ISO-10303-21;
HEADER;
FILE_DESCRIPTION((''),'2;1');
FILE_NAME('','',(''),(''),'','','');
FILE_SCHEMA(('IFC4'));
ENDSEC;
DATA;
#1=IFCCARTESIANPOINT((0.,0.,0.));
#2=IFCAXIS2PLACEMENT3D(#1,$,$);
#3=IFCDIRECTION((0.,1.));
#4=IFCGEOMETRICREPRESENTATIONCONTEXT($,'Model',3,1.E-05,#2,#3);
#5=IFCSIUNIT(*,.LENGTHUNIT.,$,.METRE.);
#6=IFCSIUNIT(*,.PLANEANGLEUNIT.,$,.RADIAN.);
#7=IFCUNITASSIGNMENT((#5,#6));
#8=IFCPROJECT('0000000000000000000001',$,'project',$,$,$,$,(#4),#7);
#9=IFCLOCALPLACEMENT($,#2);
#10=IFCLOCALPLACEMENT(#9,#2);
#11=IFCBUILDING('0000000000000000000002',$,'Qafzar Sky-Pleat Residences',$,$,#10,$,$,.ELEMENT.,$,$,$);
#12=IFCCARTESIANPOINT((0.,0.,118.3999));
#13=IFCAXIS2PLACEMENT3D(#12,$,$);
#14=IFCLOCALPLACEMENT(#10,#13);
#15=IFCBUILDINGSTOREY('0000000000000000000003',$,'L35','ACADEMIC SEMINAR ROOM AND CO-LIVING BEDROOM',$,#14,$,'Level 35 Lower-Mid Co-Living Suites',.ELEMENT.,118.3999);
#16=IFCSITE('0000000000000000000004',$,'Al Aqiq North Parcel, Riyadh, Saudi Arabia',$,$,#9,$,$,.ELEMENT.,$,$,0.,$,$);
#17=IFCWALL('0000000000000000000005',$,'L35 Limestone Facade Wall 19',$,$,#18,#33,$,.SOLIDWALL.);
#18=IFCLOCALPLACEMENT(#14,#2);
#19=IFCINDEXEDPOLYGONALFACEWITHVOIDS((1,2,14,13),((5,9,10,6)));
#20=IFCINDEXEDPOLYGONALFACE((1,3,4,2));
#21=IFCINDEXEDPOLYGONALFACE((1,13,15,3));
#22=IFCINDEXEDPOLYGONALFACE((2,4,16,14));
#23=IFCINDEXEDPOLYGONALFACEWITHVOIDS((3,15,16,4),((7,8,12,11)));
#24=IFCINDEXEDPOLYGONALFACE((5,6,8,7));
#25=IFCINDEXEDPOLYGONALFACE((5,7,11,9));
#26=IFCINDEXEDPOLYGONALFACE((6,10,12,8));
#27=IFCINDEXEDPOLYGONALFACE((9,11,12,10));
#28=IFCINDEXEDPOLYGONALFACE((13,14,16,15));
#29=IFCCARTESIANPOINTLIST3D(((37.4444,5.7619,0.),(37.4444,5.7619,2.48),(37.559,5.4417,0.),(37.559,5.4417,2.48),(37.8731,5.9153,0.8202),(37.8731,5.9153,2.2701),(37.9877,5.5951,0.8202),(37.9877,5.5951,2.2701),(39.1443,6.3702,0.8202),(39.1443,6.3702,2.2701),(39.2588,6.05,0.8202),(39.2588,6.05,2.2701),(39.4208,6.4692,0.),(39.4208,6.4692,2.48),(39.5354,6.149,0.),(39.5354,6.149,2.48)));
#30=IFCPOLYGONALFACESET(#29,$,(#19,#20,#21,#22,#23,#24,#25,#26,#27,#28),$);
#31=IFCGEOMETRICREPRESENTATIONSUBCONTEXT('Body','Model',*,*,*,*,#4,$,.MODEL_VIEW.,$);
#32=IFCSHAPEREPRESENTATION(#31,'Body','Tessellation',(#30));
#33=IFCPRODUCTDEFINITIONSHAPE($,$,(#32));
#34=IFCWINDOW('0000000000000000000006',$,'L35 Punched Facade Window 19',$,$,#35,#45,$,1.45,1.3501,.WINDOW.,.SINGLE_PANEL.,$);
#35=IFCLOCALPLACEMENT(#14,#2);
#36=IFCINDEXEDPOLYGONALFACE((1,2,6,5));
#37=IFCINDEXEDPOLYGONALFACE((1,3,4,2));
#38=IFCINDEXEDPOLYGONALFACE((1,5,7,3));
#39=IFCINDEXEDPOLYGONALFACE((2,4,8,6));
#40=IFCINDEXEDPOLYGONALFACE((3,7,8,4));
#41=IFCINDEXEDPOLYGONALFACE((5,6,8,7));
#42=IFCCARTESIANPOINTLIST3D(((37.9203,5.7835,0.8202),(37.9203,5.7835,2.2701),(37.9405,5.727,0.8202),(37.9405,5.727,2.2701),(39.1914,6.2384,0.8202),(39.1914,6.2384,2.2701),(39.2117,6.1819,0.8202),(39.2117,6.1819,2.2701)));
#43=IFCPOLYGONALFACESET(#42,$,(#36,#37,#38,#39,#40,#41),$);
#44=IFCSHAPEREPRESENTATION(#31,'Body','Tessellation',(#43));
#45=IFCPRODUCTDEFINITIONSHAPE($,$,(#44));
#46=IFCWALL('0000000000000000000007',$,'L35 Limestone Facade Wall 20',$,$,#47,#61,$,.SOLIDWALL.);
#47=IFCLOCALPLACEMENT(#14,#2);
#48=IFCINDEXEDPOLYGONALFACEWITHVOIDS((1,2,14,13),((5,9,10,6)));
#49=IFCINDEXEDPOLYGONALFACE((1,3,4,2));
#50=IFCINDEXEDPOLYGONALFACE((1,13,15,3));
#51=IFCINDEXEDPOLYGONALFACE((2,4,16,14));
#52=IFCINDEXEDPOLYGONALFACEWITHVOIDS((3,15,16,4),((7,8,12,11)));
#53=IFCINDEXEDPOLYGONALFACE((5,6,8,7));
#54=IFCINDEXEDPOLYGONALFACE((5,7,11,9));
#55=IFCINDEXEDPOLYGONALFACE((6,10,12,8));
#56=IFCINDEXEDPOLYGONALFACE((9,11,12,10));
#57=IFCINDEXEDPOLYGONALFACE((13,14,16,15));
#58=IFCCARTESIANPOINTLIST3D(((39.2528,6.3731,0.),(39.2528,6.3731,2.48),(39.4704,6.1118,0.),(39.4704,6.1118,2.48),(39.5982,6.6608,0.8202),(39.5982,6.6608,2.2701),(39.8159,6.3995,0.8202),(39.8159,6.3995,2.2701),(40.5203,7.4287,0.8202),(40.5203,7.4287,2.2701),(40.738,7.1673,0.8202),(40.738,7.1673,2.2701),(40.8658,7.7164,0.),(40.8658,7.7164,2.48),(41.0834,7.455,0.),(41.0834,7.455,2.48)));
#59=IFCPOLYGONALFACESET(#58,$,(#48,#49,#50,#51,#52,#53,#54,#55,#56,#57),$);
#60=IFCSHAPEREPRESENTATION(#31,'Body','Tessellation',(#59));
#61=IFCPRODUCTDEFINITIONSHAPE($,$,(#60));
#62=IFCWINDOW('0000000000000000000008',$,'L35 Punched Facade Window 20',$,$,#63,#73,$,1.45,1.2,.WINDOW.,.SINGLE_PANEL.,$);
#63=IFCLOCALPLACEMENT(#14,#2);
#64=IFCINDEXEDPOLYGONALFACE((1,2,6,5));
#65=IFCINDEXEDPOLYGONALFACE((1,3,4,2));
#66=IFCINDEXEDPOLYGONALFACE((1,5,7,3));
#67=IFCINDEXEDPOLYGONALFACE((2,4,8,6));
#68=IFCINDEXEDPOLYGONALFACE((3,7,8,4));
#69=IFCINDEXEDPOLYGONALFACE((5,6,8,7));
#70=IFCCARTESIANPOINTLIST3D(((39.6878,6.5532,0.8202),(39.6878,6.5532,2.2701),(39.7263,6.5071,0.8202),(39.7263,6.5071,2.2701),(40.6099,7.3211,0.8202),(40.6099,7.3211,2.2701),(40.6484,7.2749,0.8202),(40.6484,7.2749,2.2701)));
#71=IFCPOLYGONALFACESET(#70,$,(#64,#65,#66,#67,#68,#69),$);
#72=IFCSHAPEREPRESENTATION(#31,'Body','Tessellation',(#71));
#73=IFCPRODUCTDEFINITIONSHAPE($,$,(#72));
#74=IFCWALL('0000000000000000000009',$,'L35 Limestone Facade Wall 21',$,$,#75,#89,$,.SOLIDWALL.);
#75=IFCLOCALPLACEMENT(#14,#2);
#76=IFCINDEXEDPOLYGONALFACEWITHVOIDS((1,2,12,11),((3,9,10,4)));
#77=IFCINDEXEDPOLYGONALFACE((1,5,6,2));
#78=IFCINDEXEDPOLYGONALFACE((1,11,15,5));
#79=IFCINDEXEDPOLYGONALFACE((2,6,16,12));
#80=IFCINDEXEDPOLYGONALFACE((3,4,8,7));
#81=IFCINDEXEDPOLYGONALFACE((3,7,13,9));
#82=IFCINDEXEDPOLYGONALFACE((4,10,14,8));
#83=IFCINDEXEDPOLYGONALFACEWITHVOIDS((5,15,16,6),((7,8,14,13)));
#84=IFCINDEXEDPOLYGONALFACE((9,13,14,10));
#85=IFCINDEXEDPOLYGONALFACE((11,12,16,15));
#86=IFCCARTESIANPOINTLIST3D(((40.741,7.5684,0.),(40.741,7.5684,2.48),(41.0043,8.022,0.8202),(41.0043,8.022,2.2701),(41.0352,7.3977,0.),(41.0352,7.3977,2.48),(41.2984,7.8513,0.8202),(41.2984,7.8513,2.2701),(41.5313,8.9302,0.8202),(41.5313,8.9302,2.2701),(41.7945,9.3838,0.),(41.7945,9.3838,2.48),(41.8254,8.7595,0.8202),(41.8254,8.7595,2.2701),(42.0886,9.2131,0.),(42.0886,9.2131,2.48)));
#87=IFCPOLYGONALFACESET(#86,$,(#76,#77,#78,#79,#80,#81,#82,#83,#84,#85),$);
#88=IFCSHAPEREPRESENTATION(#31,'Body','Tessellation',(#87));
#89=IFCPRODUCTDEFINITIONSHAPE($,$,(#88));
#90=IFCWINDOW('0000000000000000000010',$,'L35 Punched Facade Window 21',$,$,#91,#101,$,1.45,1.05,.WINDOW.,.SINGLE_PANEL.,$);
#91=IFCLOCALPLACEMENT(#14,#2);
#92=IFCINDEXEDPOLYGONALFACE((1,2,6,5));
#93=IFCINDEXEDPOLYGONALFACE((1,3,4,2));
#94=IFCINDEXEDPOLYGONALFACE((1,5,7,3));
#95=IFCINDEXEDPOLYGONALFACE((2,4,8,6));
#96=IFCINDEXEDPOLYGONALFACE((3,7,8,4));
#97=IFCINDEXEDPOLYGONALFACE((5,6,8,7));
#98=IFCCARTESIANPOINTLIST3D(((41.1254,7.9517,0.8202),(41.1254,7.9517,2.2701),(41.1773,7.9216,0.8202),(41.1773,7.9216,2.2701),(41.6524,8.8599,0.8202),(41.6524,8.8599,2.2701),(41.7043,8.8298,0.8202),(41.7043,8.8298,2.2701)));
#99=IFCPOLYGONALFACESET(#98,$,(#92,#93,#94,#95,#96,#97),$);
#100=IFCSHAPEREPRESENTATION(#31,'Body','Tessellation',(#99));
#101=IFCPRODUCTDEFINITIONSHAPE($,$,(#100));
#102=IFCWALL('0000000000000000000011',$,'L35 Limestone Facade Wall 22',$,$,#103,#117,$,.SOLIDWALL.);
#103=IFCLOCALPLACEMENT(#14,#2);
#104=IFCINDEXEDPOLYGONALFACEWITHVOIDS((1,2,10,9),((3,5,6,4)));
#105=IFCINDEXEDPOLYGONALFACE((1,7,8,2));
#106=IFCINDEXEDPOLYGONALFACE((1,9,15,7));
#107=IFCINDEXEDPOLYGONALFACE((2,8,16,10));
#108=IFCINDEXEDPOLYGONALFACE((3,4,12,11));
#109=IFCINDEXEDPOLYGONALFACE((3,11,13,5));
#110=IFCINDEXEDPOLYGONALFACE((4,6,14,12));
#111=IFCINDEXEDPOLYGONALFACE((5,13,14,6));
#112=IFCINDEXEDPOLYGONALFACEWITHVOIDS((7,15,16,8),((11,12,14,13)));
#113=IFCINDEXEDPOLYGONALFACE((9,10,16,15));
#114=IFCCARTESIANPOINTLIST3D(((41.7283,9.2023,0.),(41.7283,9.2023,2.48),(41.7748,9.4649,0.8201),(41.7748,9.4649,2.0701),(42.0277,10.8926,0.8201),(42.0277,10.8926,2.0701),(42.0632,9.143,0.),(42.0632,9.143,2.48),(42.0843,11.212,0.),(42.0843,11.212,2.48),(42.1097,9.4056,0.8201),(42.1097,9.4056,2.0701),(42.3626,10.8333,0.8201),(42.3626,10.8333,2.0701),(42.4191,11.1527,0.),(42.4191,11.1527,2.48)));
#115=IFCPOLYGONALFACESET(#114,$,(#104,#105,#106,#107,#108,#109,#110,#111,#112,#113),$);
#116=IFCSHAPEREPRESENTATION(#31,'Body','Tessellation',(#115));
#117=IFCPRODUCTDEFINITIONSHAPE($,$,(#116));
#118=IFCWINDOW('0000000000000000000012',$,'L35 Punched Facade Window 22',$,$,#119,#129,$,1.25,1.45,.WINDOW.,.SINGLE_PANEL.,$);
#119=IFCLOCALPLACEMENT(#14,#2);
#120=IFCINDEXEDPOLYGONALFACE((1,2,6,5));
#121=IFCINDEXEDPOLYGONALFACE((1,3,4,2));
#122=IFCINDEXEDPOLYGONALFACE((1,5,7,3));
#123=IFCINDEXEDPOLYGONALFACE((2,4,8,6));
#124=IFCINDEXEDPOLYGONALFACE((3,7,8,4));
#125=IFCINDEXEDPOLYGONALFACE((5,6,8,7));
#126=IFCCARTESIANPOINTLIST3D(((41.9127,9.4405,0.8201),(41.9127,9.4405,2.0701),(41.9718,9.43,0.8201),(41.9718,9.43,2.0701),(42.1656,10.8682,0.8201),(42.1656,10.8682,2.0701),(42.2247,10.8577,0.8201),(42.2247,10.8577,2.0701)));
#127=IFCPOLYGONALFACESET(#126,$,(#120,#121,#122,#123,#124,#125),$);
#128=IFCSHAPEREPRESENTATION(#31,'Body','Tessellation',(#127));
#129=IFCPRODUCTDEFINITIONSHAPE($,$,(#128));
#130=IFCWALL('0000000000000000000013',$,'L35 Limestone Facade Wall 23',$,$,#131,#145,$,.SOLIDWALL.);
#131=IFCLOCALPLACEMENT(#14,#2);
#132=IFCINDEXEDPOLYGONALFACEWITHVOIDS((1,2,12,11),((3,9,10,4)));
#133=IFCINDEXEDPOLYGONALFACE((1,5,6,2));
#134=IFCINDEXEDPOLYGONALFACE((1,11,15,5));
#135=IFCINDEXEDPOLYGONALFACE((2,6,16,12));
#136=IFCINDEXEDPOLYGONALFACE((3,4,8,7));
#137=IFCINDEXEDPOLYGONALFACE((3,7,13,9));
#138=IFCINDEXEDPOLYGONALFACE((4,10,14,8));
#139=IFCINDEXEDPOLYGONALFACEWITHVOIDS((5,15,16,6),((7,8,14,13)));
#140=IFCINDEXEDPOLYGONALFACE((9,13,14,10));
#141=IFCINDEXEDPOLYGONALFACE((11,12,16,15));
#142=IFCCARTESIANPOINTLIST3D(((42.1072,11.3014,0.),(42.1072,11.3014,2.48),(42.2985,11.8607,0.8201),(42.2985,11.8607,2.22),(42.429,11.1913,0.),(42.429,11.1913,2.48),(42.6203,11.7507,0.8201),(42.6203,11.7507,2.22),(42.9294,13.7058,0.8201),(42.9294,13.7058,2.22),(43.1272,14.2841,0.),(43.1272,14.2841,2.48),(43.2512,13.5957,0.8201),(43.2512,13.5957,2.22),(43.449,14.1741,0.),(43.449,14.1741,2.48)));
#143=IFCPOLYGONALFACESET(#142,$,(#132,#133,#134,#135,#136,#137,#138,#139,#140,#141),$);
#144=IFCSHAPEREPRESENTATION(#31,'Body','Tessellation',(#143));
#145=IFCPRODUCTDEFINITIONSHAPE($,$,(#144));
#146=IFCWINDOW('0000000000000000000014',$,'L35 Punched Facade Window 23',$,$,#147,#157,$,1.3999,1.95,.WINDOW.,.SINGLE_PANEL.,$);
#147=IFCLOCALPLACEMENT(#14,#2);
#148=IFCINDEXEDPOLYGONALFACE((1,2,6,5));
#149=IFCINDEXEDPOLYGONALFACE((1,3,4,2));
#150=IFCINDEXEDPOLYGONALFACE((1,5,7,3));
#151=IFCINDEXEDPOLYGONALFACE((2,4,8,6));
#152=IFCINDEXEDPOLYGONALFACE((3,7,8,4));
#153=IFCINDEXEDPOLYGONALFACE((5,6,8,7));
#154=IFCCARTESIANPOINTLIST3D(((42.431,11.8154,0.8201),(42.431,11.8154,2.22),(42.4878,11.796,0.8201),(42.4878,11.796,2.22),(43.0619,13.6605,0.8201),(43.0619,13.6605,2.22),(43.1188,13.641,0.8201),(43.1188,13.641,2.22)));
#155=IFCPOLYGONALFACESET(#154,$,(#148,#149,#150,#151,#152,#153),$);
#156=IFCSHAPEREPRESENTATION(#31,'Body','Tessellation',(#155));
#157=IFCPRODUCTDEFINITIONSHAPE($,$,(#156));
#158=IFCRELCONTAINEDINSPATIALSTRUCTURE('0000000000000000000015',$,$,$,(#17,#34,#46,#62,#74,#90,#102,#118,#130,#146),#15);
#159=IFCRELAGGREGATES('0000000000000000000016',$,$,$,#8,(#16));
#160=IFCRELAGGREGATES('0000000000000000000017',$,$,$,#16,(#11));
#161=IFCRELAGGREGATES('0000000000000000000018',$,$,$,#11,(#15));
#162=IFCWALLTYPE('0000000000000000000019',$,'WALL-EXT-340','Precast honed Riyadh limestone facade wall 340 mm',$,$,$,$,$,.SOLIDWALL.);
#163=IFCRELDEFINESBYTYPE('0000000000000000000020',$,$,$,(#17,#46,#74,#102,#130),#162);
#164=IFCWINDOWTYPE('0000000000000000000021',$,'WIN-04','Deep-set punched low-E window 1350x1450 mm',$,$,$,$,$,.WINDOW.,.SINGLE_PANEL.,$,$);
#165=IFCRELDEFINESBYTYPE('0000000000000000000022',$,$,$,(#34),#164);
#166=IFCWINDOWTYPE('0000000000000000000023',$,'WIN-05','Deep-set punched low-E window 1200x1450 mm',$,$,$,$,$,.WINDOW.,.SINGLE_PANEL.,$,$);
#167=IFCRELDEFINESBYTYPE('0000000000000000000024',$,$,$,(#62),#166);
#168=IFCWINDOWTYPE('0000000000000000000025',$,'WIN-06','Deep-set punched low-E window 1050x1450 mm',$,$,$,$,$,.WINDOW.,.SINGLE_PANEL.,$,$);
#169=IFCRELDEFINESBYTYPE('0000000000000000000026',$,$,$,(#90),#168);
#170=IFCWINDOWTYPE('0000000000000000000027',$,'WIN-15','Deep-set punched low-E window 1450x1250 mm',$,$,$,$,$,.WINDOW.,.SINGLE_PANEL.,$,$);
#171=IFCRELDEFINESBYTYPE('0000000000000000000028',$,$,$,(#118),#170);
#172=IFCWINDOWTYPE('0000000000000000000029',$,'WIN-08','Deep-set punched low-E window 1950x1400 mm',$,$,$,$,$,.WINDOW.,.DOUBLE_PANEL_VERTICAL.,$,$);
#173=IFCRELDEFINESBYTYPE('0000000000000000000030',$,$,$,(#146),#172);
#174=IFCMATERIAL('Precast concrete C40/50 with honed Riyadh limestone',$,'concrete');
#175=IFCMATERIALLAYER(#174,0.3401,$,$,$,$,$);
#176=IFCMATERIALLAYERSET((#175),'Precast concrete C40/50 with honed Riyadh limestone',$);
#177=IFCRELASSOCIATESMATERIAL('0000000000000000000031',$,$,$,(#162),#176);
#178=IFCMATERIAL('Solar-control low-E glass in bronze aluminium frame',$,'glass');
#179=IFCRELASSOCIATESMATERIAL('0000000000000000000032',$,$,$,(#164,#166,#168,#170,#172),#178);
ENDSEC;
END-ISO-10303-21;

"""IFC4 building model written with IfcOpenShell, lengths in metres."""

from ifc_helpers import new_model, si_unit, direction, frame, frame_2d, origin, place, context, subcontext, project, spatial, rectangle, extrude, source, transform, mapped, material, layer, layer_set, type_object, element, fill, save


model = new_model("IFC4")

# Units and contexts
model_context = context("Model", 3, precision=1e-05, world=origin(), true_north=direction((0.0, 1.0)))
body_context = subcontext(model_context, "Body", "Model", "MODEL_VIEW")
ifc_project = project(units=[si_unit("LENGTHUNIT", "METRE"), si_unit("PLANEANGLEUNIT", "RADIAN")], contexts=[model_context])

# Site, building, storey
site_placement = place(None, origin())
site = spatial("IfcSite", under=ifc_project, at=site_placement, Name="Al Aqiq North Parcel, Riyadh, Saudi Arabia", CompositionType="ELEMENT", RefElevation=0.0)
building_placement = place(site_placement, origin())
building = spatial("IfcBuilding", under=site, at=building_placement, Name="Qafzar Sky-Pleat Residences", CompositionType="ELEMENT")
storey_placement = place(building_placement, frame((0.0, 0.0, 118.3999)))
storey = spatial("IfcBuildingStorey", under=building, at=storey_placement, Name="L35", Description="ACADEMIC SEMINAR ROOM AND CO-LIVING BEDROOM", LongName="Level 35 Lower-Mid Co-Living Suites", CompositionType="ELEMENT", Elevation=118.3999)

# Walls, openings, windows
ifc_material_1 = material(Name="Precast concrete C40/50 with honed Riyadh limestone", Category="concrete")
ifc_layer_1 = layer(ifc_material_1, 0.3401)
ifc_layer_set_1 = layer_set([ifc_layer_1], Name="Precast concrete C40/50 with honed Riyadh limestone")
wall_type_1 = type_object("IfcWallType", Name="WALL-EXT-340", Description="Precast honed Riyadh limestone facade wall 340 mm", PredefinedType="SOLIDWALL", material=ifc_layer_set_1)
wall_1_placement = place(storey_placement, frame((37.5017, 5.6018, 0.0), z_axis=(0.0, 0.0, 1.0), x_axis=(0.941523, 0.336948, 0.0)))
wall_1 = element("IfcWall", 1, at=wall_1_placement, inside=storey, type_object=wall_type_1, Name="L35 Limestone Facade Wall 19", PredefinedType="SOLIDWALL", context=body_context, shape_type="SweptSolid", body=[
    extrude(rectangle(XDim=2.0991, YDim=0.3401, at=frame_2d((1.0496, 0.0))), origin(), (0.0, 0.0, 1.0), 2.48),
])
opening_1_placement = place(wall_1_placement, frame((0.4553, 0.0, 0.8201)))
opening_1 = element("IfcOpeningElement", 2, at=opening_1_placement, cuts=wall_1, PredefinedType="OPENING", context=body_context, shape_type="SweptSolid", body=[
    extrude(rectangle(XDim=1.3501, YDim=1.45, at=frame_2d((0.675, 0.7251))), frame((0.0, 0.1802, 0.0), z_axis=(0.0, -1.0, 0.0), x_axis=(1.0, 0.0, 0.0)), (0.0, 0.0, 1.0), 0.3601),
])
ifc_material_2 = material(Name="Solar-control low-E glass in bronze aluminium frame", Category="glass")
window_type_1 = type_object("IfcWindowType", Name="WIN-04", Description="Deep-set punched low-E window 1350x1450 mm", PartitioningType="SINGLE_PANEL", PredefinedType="WINDOW", material=ifc_material_2)
shared_shape_1 = source(origin(), body_context, "Body", "SweptSolid", [
    extrude(rectangle(XDim=1.3501, YDim=1.45, at=frame_2d((0.675, 0.7251))), frame((0.0, 0.03, 0.0), z_axis=(0.0, -1.0, 0.0), x_axis=(1.0, 0.0, 0.0)), (0.0, 0.0, 1.0), 0.0601),
])
window_1_placement = place(opening_1_placement, origin())
window_1 = element("IfcWindow", 3, at=window_1_placement, inside=storey, type_object=window_type_1, Name="L35 Punched Facade Window 19", OverallHeight=1.45, OverallWidth=1.3501, PartitioningType="SINGLE_PANEL", PredefinedType="WINDOW", context=body_context, shape_type="MappedRepresentation", body=[
    mapped(shared_shape_1, transform((0.0, 0.0, 0.0), x_axis=(1.0, 0.0, 0.0), y_axis=(0.0, 1.0, 0.0), z_axis=(0.0, 0.0, 1.0), scale=1.0)),
])
fill(opening_1, window_1)
wall_2_placement = place(storey_placement, frame((39.3616, 6.2424, 0.0), z_axis=(0.0, 0.0, 1.0), x_axis=(0.768441, 0.639921, 0.0)))
wall_2 = element("IfcWall", 4, at=wall_2_placement, inside=storey, type_object=wall_type_1, Name="L35 Limestone Facade Wall 20", PredefinedType="SOLIDWALL", context=body_context, shape_type="SweptSolid", body=[
    extrude(rectangle(XDim=2.0991, YDim=0.3401, at=frame_2d((1.0496, 0.0))), origin(), (0.0, 0.0, 1.0), 2.48),
])
opening_2_placement = place(wall_2_placement, frame((0.4495, 0.0, 0.8201)))
opening_2 = element("IfcOpeningElement", 5, at=opening_2_placement, cuts=wall_2, PredefinedType="OPENING", context=body_context, shape_type="SweptSolid", body=[
    extrude(rectangle(XDim=1.2, YDim=1.45, at=frame_2d((0.6001, 0.7251))), frame((0.0, 0.1802, 0.0), z_axis=(0.0, -1.0, 0.0), x_axis=(1.0, 0.0, 0.0)), (0.0, 0.0, 1.0), 0.3601),
])
window_type_2 = type_object("IfcWindowType", Name="WIN-05", Description="Deep-set punched low-E window 1200x1450 mm", PartitioningType="SINGLE_PANEL", PredefinedType="WINDOW", material=ifc_material_2)
shared_shape_2 = source(origin(), body_context, "Body", "SweptSolid", [
    extrude(rectangle(XDim=1.2, YDim=1.45, at=frame_2d((0.6001, 0.7251))), frame((0.0, 0.03, 0.0), z_axis=(0.0, -1.0, 0.0), x_axis=(1.0, 0.0, 0.0)), (0.0, 0.0, 1.0), 0.0601),
])
window_2_placement = place(opening_2_placement, origin())
window_2 = element("IfcWindow", 6, at=window_2_placement, inside=storey, type_object=window_type_2, Name="L35 Punched Facade Window 20", OverallHeight=1.45, OverallWidth=1.2, PartitioningType="SINGLE_PANEL", PredefinedType="WINDOW", context=body_context, shape_type="MappedRepresentation", body=[
    mapped(shared_shape_2, transform((0.0, 0.0, 0.0), x_axis=(1.0, 0.0, 0.0), y_axis=(0.0, 1.0, 0.0), z_axis=(0.0, 0.0, 1.0), scale=1.0)),
])
fill(opening_2, window_2)
wall_3_placement = place(storey_placement, frame((40.8882, 7.4832, 0.0), z_axis=(0.0, 0.0, 1.0), x_axis=(0.501903, 0.864924, 0.0)))
wall_3 = element("IfcWall", 7, at=wall_3_placement, inside=storey, type_object=wall_type_1, Name="L35 Limestone Facade Wall 21", PredefinedType="SOLIDWALL", context=body_context, shape_type="SweptSolid", body=[
    extrude(rectangle(XDim=2.0989, YDim=0.3401, at=frame_2d((1.0493, 0.0))), origin(), (0.0, 0.0, 1.0), 2.48),
])
opening_3_placement = place(wall_3_placement, frame((0.5244, 0.0, 0.8201)))
opening_3 = element("IfcOpeningElement", 8, at=opening_3_placement, cuts=wall_3, PredefinedType="OPENING", context=body_context, shape_type="SweptSolid", body=[
    extrude(rectangle(XDim=1.05, YDim=1.45, at=frame_2d((0.5249, 0.7251))), frame((0.0, 0.1802, 0.0), z_axis=(0.0, -1.0, 0.0), x_axis=(1.0, 0.0, 0.0)), (0.0, 0.0, 1.0), 0.3601),
])
window_type_3 = type_object("IfcWindowType", Name="WIN-06", Description="Deep-set punched low-E window 1050x1450 mm", PartitioningType="SINGLE_PANEL", PredefinedType="WINDOW", material=ifc_material_2)
shared_shape_3 = source(origin(), body_context, "Body", "SweptSolid", [
    extrude(rectangle(XDim=1.05, YDim=1.45, at=frame_2d((0.5249, 0.7251))), frame((0.0, 0.03, 0.0), z_axis=(0.0, -1.0, 0.0), x_axis=(1.0, 0.0, 0.0)), (0.0, 0.0, 1.0), 0.0601),
])
window_3_placement = place(opening_3_placement, origin())
window_3 = element("IfcWindow", 9, at=window_3_placement, inside=storey, type_object=window_type_3, Name="L35 Punched Facade Window 21", OverallHeight=1.45, OverallWidth=1.05, PartitioningType="SINGLE_PANEL", PredefinedType="WINDOW", context=body_context, shape_type="MappedRepresentation", body=[
    mapped(shared_shape_3, transform((0.0, 0.0, 0.0), x_axis=(1.0, 0.0, 0.0), y_axis=(0.0, 1.0, 0.0), z_axis=(0.0, 0.0, 1.0), scale=1.0)),
])
fill(opening_3, window_3)
wall_4_placement = place(storey_placement, frame((41.8958, 9.1726, 0.0), z_axis=(0.0, 0.0, 1.0), x_axis=(0.174399, 0.984675, 0.0)))
wall_4 = element("IfcWall", 10, at=wall_4_placement, inside=storey, type_object=wall_type_1, Name="L35 Limestone Facade Wall 22", PredefinedType="SOLIDWALL", context=body_context, shape_type="SweptSolid", body=[
    extrude(rectangle(XDim=2.041, YDim=0.3401, at=frame_2d((1.0205, 0.0))), origin(), (0.0, 0.0, 1.0), 2.48),
])
opening_4_placement = place(wall_4_placement, frame((0.2666, 0.0, 0.8201)))
opening_4 = element("IfcOpeningElement", 11, at=opening_4_placement, cuts=wall_4, PredefinedType="OPENING", context=body_context, shape_type="SweptSolid", body=[
    extrude(rectangle(XDim=1.45, YDim=1.25, at=frame_2d((0.7251, 0.625))), frame((0.0, 0.1802, 0.0), z_axis=(0.0, -1.0, 0.0), x_axis=(1.0, 0.0, 0.0)), (0.0, 0.0, 1.0), 0.3601),
])
window_type_4 = type_object("IfcWindowType", Name="WIN-15", Description="Deep-set punched low-E window 1450x1250 mm", PartitioningType="SINGLE_PANEL", PredefinedType="WINDOW", material=ifc_material_2)
shared_shape_4 = source(origin(), body_context, "Body", "SweptSolid", [
    extrude(rectangle(XDim=1.45, YDim=1.25, at=frame_2d((0.7251, 0.625))), frame((0.0, 0.03, 0.0), z_axis=(0.0, -1.0, 0.0), x_axis=(1.0, 0.0, 0.0)), (0.0, 0.0, 1.0), 0.0601),
])
window_4_placement = place(opening_4_placement, origin())
window_4 = element("IfcWindow", 12, at=window_4_placement, inside=storey, type_object=window_type_4, Name="L35 Punched Facade Window 22", OverallHeight=1.25, OverallWidth=1.45, PartitioningType="SINGLE_PANEL", PredefinedType="WINDOW", context=body_context, shape_type="MappedRepresentation", body=[
    mapped(shared_shape_4, transform((0.0, 0.0, 0.0), x_axis=(1.0, 0.0, 0.0), y_axis=(0.0, 1.0, 0.0), z_axis=(0.0, 0.0, 1.0), scale=1.0)),
])
fill(opening_4, window_4)
wall_5_placement = place(storey_placement, frame((42.2681, 11.2463, 0.0), z_axis=(0.0, 0.0, 1.0), x_axis=(0.323584, 0.9462, 0.0)))
wall_5 = element("IfcWall", 13, at=wall_5_placement, inside=storey, type_object=wall_type_1, Name="L35 Limestone Facade Wall 23", PredefinedType="SOLIDWALL", context=body_context, shape_type="SweptSolid", body=[
    extrude(rectangle(XDim=3.1523, YDim=0.3401, at=frame_2d((1.5762, 0.0))), origin(), (0.0, 0.0, 1.0), 2.48),
])
opening_5_placement = place(wall_5_placement, frame((0.5911, 0.0, 0.8201)))
opening_5 = element("IfcOpeningElement", 14, at=opening_5_placement, cuts=wall_5, PredefinedType="OPENING", context=body_context, shape_type="SweptSolid", body=[
    extrude(rectangle(XDim=1.95, YDim=1.3999, at=frame_2d((0.9751, 0.7))), frame((0.0, 0.1802, 0.0), z_axis=(0.0, -1.0, 0.0), x_axis=(1.0, 0.0, 0.0)), (0.0, 0.0, 1.0), 0.3601),
])
window_type_5 = type_object("IfcWindowType", Name="WIN-08", Description="Deep-set punched low-E window 1950x1400 mm", PartitioningType="DOUBLE_PANEL_VERTICAL", PredefinedType="WINDOW", material=ifc_material_2)
shared_shape_5 = source(origin(), body_context, "Body", "SweptSolid", [
    extrude(rectangle(XDim=1.95, YDim=1.3999, at=frame_2d((0.9751, 0.7))), frame((0.0, 0.03, 0.0), z_axis=(0.0, -1.0, 0.0), x_axis=(1.0, 0.0, 0.0)), (0.0, 0.0, 1.0), 0.0601),
])
window_5_placement = place(opening_5_placement, origin())
window_5 = element("IfcWindow", 15, at=window_5_placement, inside=storey, type_object=window_type_5, Name="L35 Punched Facade Window 23", OverallHeight=1.3999, OverallWidth=1.95, PartitioningType="SINGLE_PANEL", PredefinedType="WINDOW", context=body_context, shape_type="MappedRepresentation", body=[
    mapped(shared_shape_5, transform((0.0, 0.0, 0.0), x_axis=(1.0, 0.0, 0.0), y_axis=(0.0, 1.0, 0.0), z_axis=(0.0, 0.0, 1.0), scale=1.0)),
])
fill(opening_5, window_5)

save(model, "model.ifc")
